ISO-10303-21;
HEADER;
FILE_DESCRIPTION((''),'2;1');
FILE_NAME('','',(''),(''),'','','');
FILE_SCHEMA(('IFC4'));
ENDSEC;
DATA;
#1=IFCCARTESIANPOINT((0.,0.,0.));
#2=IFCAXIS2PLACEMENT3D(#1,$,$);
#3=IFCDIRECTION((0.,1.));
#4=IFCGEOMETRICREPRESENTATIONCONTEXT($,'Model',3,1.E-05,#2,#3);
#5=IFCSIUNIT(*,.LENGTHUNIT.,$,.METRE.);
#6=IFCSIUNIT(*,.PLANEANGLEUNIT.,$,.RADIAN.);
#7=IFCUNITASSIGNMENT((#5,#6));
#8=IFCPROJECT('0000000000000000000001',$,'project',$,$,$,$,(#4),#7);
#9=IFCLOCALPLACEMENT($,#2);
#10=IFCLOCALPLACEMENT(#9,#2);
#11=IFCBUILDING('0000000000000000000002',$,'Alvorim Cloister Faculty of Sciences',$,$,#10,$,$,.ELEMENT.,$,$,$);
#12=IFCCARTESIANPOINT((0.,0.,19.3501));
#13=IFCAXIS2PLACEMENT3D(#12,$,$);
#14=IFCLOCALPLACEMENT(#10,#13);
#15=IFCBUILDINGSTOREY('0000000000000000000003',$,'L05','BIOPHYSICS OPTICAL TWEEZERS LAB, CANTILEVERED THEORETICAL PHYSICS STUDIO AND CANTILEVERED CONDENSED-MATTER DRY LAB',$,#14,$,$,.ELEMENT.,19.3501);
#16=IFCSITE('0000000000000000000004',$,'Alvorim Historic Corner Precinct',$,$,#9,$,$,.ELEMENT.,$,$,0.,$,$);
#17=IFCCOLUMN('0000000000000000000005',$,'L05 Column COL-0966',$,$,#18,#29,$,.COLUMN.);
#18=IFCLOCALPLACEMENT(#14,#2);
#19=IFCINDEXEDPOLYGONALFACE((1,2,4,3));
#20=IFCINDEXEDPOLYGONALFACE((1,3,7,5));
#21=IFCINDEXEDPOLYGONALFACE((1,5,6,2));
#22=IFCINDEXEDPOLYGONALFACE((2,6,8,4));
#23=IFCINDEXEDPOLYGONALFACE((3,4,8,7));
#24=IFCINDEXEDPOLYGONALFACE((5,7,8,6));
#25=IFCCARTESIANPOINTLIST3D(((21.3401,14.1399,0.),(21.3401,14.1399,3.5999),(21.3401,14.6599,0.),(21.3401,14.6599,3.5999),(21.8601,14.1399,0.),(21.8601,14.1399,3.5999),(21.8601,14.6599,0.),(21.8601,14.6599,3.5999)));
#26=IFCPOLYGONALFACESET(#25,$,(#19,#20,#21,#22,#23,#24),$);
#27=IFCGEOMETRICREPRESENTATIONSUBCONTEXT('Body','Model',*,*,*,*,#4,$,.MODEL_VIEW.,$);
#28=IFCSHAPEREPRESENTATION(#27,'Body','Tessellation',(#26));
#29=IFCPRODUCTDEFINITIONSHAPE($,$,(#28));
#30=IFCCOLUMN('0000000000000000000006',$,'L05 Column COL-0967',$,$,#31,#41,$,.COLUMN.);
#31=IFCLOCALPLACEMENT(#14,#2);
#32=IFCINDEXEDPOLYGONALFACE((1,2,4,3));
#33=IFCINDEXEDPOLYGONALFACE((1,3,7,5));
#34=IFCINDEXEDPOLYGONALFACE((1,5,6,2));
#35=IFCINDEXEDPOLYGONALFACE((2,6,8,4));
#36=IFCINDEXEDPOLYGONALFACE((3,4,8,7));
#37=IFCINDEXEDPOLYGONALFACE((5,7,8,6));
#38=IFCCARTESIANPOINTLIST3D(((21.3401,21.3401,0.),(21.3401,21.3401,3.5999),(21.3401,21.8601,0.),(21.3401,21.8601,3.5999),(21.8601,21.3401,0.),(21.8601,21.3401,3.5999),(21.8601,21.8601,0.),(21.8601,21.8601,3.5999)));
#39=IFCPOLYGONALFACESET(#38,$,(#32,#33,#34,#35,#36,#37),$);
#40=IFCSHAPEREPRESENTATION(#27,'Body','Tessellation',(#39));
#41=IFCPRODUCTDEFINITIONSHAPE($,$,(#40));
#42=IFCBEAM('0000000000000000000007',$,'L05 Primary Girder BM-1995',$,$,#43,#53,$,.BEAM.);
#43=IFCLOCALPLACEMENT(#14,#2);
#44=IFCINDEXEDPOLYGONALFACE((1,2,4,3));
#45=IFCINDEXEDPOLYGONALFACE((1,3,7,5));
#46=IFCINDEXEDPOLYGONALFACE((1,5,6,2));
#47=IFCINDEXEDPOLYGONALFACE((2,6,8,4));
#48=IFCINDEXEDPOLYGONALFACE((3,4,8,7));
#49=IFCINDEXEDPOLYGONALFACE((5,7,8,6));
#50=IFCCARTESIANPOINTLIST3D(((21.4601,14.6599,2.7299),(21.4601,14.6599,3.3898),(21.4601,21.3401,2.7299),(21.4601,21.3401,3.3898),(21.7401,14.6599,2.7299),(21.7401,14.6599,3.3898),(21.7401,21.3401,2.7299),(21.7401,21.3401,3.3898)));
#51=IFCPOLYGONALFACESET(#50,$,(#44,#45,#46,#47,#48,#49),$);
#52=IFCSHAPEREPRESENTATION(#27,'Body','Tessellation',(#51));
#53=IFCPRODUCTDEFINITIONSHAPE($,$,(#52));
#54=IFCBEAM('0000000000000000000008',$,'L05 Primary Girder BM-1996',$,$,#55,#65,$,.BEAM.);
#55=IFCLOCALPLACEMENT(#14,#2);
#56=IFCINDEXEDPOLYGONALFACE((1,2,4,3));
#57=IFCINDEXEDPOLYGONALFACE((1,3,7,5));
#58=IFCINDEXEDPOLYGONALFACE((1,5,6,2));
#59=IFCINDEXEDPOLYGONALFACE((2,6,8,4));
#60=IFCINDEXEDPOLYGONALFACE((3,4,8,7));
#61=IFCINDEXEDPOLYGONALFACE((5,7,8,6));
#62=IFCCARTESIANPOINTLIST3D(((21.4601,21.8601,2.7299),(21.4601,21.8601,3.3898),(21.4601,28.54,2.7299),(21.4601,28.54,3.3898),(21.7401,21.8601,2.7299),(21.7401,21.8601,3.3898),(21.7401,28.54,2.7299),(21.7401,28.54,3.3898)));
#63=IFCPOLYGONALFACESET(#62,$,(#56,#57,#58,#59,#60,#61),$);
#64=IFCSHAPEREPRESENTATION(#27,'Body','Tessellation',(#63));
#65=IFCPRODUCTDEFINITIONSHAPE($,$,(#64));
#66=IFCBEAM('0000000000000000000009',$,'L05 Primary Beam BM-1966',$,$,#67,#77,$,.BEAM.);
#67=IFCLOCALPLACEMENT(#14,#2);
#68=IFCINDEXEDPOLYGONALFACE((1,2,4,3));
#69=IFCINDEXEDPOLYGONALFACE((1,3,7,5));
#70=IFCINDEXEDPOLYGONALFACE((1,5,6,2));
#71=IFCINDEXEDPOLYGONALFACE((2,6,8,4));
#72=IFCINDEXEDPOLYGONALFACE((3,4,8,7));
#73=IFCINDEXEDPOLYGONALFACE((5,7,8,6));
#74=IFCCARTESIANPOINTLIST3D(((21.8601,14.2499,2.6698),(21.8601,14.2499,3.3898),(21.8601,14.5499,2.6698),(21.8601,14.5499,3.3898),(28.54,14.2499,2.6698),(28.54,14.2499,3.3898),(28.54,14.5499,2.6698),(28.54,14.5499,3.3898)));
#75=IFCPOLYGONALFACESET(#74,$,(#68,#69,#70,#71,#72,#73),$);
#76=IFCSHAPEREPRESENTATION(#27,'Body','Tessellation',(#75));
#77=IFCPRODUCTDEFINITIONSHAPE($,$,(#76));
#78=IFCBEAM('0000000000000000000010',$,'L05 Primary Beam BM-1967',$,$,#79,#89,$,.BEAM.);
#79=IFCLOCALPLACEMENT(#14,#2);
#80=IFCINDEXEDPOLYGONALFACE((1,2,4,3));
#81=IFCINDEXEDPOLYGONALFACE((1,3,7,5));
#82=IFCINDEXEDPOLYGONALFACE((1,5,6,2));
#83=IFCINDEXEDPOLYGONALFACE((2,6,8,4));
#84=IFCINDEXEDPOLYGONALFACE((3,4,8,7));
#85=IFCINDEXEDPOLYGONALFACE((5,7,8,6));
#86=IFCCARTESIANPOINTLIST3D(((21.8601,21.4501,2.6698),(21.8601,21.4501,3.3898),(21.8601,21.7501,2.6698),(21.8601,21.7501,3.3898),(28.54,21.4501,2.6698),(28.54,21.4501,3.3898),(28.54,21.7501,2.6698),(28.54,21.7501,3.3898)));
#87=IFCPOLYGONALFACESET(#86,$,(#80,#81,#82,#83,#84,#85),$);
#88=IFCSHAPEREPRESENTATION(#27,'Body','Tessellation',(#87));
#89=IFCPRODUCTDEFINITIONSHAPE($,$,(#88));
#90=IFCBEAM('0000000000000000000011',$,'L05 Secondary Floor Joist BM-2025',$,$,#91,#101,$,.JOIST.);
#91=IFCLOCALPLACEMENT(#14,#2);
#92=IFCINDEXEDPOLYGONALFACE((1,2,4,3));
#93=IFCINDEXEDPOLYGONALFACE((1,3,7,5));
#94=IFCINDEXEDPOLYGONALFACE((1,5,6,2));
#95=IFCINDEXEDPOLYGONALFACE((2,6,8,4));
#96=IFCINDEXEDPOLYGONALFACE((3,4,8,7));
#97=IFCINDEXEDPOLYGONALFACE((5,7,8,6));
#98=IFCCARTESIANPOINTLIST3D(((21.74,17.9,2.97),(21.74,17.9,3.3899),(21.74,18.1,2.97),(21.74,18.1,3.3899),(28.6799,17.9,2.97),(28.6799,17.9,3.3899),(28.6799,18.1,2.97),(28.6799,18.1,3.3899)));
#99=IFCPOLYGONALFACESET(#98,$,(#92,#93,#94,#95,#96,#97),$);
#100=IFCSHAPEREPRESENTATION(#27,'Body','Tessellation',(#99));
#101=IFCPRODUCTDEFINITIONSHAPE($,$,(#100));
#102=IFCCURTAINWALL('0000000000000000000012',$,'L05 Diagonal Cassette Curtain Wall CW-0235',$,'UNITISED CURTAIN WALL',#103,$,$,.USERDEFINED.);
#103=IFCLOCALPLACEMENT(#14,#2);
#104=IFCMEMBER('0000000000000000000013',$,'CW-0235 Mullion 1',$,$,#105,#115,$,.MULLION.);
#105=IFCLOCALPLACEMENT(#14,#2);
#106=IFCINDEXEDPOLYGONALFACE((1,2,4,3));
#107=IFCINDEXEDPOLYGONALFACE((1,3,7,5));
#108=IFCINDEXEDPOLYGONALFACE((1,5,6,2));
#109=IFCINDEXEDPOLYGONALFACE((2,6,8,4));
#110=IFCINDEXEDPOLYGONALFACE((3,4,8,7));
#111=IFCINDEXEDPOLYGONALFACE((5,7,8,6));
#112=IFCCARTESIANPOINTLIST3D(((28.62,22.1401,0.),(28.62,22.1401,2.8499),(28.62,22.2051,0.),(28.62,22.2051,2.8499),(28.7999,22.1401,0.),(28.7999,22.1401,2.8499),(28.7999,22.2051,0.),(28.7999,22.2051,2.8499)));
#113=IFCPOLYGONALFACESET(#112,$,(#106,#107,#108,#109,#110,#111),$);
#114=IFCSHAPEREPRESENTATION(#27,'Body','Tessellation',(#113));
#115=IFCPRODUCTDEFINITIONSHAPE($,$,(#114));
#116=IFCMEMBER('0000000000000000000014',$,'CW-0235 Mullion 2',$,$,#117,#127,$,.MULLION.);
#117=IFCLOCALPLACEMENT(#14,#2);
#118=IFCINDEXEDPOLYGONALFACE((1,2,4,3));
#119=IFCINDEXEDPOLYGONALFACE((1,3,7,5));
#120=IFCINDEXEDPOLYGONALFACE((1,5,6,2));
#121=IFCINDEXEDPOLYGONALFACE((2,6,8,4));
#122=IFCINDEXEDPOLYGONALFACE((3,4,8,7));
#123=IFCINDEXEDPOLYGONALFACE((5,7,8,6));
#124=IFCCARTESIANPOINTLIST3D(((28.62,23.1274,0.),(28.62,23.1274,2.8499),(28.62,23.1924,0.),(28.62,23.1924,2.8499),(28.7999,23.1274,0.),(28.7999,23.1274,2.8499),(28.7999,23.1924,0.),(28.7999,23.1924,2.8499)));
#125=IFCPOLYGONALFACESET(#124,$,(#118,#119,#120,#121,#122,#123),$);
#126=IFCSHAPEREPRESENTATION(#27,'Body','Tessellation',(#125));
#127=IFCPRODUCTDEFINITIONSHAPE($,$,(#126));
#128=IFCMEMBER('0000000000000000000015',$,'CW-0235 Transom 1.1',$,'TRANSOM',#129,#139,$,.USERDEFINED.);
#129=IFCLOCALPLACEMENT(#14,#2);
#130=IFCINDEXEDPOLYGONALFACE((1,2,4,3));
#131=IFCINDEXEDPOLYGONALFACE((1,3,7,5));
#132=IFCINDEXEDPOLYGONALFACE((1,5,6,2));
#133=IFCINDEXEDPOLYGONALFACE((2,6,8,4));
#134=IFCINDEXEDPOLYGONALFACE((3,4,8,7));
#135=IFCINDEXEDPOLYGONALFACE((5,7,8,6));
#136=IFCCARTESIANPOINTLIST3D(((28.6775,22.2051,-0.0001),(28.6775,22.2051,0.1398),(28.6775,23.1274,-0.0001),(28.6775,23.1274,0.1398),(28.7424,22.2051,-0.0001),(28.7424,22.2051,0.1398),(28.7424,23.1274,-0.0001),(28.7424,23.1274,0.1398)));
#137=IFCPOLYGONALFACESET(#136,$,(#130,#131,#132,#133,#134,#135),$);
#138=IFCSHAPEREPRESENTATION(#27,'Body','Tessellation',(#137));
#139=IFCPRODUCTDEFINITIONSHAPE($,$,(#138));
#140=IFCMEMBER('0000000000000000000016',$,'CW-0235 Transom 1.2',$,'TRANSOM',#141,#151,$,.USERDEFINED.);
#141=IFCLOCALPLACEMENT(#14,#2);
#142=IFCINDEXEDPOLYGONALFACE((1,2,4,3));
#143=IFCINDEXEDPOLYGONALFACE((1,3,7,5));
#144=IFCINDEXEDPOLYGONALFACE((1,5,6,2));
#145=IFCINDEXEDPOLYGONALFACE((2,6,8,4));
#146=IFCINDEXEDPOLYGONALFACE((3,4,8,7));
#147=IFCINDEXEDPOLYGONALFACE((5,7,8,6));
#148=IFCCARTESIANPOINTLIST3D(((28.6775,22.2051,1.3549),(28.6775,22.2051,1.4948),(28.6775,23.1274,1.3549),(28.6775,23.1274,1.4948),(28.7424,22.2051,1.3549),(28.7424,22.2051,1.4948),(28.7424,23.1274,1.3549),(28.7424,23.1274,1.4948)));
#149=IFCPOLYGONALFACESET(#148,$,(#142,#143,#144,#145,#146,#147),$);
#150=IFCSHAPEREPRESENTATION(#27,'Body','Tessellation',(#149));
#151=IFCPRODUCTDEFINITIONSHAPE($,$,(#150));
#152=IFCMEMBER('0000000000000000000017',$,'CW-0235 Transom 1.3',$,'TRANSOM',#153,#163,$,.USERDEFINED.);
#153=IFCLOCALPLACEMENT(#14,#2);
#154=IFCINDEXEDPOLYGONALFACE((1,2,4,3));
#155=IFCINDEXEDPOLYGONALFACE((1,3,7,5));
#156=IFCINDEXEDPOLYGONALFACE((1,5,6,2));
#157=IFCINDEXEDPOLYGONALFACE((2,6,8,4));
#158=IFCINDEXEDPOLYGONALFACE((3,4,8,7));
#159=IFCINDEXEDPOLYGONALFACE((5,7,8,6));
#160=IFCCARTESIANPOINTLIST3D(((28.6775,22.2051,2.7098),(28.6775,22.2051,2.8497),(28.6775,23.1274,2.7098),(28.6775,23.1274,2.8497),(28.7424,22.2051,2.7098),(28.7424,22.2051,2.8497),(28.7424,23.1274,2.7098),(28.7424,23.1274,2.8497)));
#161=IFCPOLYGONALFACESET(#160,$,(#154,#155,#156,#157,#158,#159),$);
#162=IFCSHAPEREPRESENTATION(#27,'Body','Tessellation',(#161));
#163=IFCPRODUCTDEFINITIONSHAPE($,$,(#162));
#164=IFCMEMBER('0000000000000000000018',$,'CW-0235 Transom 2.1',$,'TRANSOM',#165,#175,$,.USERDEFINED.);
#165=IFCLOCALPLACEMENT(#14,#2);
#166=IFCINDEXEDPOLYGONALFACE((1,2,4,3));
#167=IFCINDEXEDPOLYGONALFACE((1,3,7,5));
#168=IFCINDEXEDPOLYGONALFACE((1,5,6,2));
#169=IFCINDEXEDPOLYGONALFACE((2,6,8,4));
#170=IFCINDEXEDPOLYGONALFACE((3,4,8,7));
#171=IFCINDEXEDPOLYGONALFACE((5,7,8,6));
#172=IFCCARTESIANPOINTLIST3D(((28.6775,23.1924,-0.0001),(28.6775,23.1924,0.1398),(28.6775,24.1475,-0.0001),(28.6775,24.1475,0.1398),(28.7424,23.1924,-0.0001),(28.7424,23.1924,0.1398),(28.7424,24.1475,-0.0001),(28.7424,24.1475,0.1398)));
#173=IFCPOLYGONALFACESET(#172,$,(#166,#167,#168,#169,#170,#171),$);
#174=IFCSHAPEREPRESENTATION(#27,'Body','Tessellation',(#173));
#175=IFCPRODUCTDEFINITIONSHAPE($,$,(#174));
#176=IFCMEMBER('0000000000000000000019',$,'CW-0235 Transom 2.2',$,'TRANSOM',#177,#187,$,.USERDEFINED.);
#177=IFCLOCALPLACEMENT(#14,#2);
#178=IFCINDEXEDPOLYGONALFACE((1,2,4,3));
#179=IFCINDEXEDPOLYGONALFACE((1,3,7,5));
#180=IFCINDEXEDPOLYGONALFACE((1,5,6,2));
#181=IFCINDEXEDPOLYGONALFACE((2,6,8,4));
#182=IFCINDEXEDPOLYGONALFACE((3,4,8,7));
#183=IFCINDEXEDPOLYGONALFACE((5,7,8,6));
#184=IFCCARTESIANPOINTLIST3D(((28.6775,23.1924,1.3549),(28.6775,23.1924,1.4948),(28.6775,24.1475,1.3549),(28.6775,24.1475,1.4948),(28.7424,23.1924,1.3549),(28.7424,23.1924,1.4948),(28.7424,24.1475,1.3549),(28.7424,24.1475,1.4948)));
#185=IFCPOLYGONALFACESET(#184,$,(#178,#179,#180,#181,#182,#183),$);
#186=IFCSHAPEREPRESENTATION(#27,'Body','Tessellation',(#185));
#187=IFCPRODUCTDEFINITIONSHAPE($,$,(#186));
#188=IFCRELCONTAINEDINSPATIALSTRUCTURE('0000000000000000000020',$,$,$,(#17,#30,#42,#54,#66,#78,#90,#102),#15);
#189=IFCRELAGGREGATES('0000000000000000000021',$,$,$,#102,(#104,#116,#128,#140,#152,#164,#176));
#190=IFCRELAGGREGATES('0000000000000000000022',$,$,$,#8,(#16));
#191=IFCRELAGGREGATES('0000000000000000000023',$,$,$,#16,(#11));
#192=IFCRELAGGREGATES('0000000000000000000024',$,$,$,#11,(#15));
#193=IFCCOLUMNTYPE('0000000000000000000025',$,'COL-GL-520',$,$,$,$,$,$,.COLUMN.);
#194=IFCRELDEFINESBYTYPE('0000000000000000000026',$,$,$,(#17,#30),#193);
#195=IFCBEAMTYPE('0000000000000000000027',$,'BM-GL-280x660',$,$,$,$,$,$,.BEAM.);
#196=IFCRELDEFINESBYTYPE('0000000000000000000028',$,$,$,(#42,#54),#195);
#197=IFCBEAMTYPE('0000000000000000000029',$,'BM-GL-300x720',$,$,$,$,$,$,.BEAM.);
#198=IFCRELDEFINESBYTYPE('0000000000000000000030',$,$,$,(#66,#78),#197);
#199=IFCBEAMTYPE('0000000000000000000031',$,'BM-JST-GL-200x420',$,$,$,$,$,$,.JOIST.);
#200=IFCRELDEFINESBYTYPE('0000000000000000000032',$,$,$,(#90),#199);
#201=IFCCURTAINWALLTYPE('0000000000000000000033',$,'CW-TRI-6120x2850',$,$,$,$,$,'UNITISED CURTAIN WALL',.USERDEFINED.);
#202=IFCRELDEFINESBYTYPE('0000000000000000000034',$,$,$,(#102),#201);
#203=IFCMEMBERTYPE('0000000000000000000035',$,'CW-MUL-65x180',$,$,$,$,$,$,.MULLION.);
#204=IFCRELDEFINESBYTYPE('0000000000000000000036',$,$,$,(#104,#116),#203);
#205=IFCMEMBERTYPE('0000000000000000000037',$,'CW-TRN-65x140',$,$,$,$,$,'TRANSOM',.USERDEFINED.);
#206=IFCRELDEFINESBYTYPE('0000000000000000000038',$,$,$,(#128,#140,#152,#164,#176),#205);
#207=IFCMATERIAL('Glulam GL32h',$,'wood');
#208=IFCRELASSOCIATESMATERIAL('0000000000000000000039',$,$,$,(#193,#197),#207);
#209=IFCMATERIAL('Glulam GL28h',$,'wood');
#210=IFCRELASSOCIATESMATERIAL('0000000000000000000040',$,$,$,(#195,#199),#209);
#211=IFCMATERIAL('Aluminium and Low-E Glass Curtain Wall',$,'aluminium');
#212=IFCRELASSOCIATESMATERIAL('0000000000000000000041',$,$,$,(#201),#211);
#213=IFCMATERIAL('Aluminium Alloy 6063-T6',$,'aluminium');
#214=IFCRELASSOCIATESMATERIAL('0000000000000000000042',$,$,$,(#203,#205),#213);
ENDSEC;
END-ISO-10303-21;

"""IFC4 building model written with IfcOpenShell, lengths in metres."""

from ifc_helpers import new_model, si_unit, direction, frame, origin, origin_2d, place, context, subcontext, project, spatial, rectangle, extrude, material, material_profile, profile_set, type_object, element, aggregate, save


model = new_model("IFC4")

# Units and contexts
model_context = context("Model", 3, precision=1e-05, world=origin(), true_north=direction((0.0, 1.0)))
body_context = subcontext(model_context, "Body", "Model", "MODEL_VIEW")
ifc_project = project(units=[si_unit("LENGTHUNIT", "METRE"), si_unit("PLANEANGLEUNIT", "RADIAN")], contexts=[model_context])

# Site, building, storey
site_placement = place(None, origin())
site = spatial("IfcSite", under=ifc_project, at=site_placement, Name="Alvorim Historic Corner Precinct", CompositionType="ELEMENT", RefElevation=0.0)
building_placement = place(site_placement, origin())
building = spatial("IfcBuilding", under=site, at=building_placement, Name="Alvorim Cloister Faculty of Sciences", CompositionType="ELEMENT")
storey_placement = place(building_placement, frame((0.0, 0.0, 19.3501)))
storey = spatial("IfcBuildingStorey", under=building, at=storey_placement, Name="L05", Description="BIOPHYSICS OPTICAL TWEEZERS LAB, CANTILEVERED THEORETICAL PHYSICS STUDIO AND CANTILEVERED CONDENSED-MATTER DRY LAB", CompositionType="ELEMENT", Elevation=19.3501)

# Columns
ifc_material_1 = material(Name="Glulam GL32h", Category="wood")
ifc_material_profile_1 = material_profile(ifc_material_1, rectangle(XDim=0.52, YDim=0.52, at=origin_2d()), Name="GL32-COL-520x520")
ifc_profile_set_1 = profile_set([ifc_material_profile_1], Name="Glulam GL32h")
column_type = type_object("IfcColumnType", Name="COL-GL-520", PredefinedType="COLUMN", material=ifc_profile_set_1)
for number, where, z_axis, x_axis, name in (
    (1, (21.6001, 14.3999, 0.0), (0.0, 0.0, 1.0), (1.0, 0.0, 0.0), "L05 Column COL-0966"),
    (2, (21.6001, 21.6001, 0.0), (0.0, 0.0, 1.0), (1.0, 0.0, 0.0), "L05 Column COL-0967"),
):
    element("IfcColumn", number, at=place(storey_placement, frame(where, z_axis=z_axis, x_axis=x_axis)), inside=storey, type_object=column_type, Name=name, PredefinedType="COLUMN", context=body_context, shape_type="SweptSolid", body=[
        extrude(rectangle(XDim=0.52, YDim=0.52, at=origin_2d()), origin(), (0.0, 0.0, 1.0), 3.5999),
    ])

# Beams
ifc_material_2 = material(Name="Glulam GL28h", Category="wood")
ifc_material_profile_2 = material_profile(ifc_material_2, rectangle(XDim=0.28, YDim=0.6599, at=origin_2d()), Name="GL28-BM-280x660")
ifc_profile_set_2 = profile_set([ifc_material_profile_2], Name="Glulam GL28h")
beam_type_1 = type_object("IfcBeamType", Name="BM-GL-280x660", PredefinedType="BEAM", material=ifc_profile_set_2)
beam_1_placement = place(storey_placement, frame((21.6001, 14.6599, 3.0598), z_axis=(0.0, 1.0, 0.0), x_axis=(-1.0, 0.0, 0.0)))
element("IfcBeam", 3, at=beam_1_placement, inside=storey, type_object=beam_type_1, Name="L05 Primary Girder BM-1995", PredefinedType="BEAM", context=body_context, shape_type="SweptSolid", body=[
    extrude(rectangle(XDim=0.28, YDim=0.6599, at=origin_2d()), origin(), (0.0, 0.0, 1.0), 6.6802),
])
beam_2_placement = place(storey_placement, frame((21.6001, 21.8601, 3.0598), z_axis=(0.0, 1.0, 0.0), x_axis=(-1.0, 0.0, 0.0)))
element("IfcBeam", 4, at=beam_2_placement, inside=storey, type_object=beam_type_1, Name="L05 Primary Girder BM-1996", PredefinedType="BEAM", context=body_context, shape_type="SweptSolid", body=[
    extrude(rectangle(XDim=0.28, YDim=0.6599, at=origin_2d()), origin(), (0.0, 0.0, 1.0), 6.6799),
])
ifc_material_profile_3 = material_profile(ifc_material_1, rectangle(XDim=0.3, YDim=0.72, at=origin_2d()), Name="GL32-BM-300x720")
ifc_profile_set_3 = profile_set([ifc_material_profile_3], Name="Glulam GL32h")
beam_type_2 = type_object("IfcBeamType", Name="BM-GL-300x720", PredefinedType="BEAM", material=ifc_profile_set_3)
for number, where, z_axis, x_axis, name in (
    (5, (21.8601, 14.3999, 3.0298), (1.0, 0.0, 0.0), (0.0, 1.0, 0.0), "L05 Primary Beam BM-1966"),
    (6, (21.8601, 21.6001, 3.0298), (1.0, 0.0, 0.0), (0.0, 1.0, 0.0), "L05 Primary Beam BM-1967"),
):
    element("IfcBeam", number, at=place(storey_placement, frame(where, z_axis=z_axis, x_axis=x_axis)), inside=storey, type_object=beam_type_2, Name=name, PredefinedType="BEAM", context=body_context, shape_type="SweptSolid", body=[
        extrude(rectangle(XDim=0.3, YDim=0.72, at=origin_2d()), origin(), (0.0, 0.0, 1.0), 6.6799),
    ])
ifc_material_profile_4 = material_profile(ifc_material_2, rectangle(XDim=0.2, YDim=0.4199, at=origin_2d()), Name="GL28-JST-200x420")
ifc_profile_set_4 = profile_set([ifc_material_profile_4], Name="Glulam GL28h")
beam_type_3 = type_object("IfcBeamType", Name="BM-JST-GL-200x420", PredefinedType="JOIST", material=ifc_profile_set_4)
beam_3_placement = place(storey_placement, frame((21.74, 18.0, 3.1799), z_axis=(1.0, 0.0, 0.0), x_axis=(0.0, 1.0, 0.0)))
element("IfcBeam", 7, at=beam_3_placement, inside=storey, type_object=beam_type_3, Name="L05 Secondary Floor Joist BM-2025", PredefinedType="JOIST", context=body_context, shape_type="SweptSolid", body=[
    extrude(rectangle(XDim=0.2, YDim=0.4199, at=origin_2d()), origin(), (0.0, 0.0, 1.0), 6.9399),
])

# Curtain wall, members
ifc_material_3 = material(Name="Aluminium and Low-E Glass Curtain Wall", Category="aluminium")
curtain_wall_type = type_object("IfcCurtainWallType", Name="CW-TRI-6120x2850", ElementType="UNITISED CURTAIN WALL", PredefinedType="USERDEFINED", material=ifc_material_3)
curtain_wall_placement = place(storey_placement, origin())
curtain_wall = element("IfcCurtainWall", 8, at=curtain_wall_placement, inside=storey, type_object=curtain_wall_type, Name="L05 Diagonal Cassette Curtain Wall CW-0235", ObjectType="UNITISED CURTAIN WALL", PredefinedType="USERDEFINED")
ifc_material_4 = material(Name="Aluminium Alloy 6063-T6", Category="aluminium")
ifc_material_profile_5 = material_profile(ifc_material_4, rectangle(XDim=0.0649, YDim=0.1799, at=origin_2d()), Name="ALU-MUL-65x180")
ifc_profile_set_5 = profile_set([ifc_material_profile_5], Name="Aluminium Alloy 6063-T6")
member_type_1 = type_object("IfcMemberType", Name="CW-MUL-65x180", PredefinedType="MULLION", material=ifc_profile_set_5)
member_1_placement = place(storey_placement, frame((28.71, 22.1726, 0.0), z_axis=(0.0, 0.0, 1.0), x_axis=(0.0, 1.0, 0.0)))
member_1 = element("IfcMember", 9, at=member_1_placement, type_object=member_type_1, Name="CW-0235 Mullion 1", PredefinedType="MULLION", context=body_context, shape_type="SweptSolid", body=[
    extrude(rectangle(XDim=0.0649, YDim=0.1799, at=origin_2d()), origin(), (0.0, 0.0, 1.0), 2.8499),
])
member_2_placement = place(storey_placement, frame((28.71, 23.1599, 0.0), z_axis=(0.0, 0.0, 1.0), x_axis=(0.0, 1.0, 0.0)))
member_2 = element("IfcMember", 10, at=member_2_placement, type_object=member_type_1, Name="CW-0235 Mullion 2", PredefinedType="MULLION", context=body_context, shape_type="SweptSolid", body=[
    extrude(rectangle(XDim=0.0649, YDim=0.1799, at=origin_2d()), origin(), (0.0, 0.0, 1.0), 2.8499),
])
ifc_material_profile_6 = material_profile(ifc_material_4, rectangle(XDim=0.0649, YDim=0.1399, at=origin_2d()), Name="ALU-TRN-65x140")
ifc_profile_set_6 = profile_set([ifc_material_profile_6], Name="Aluminium Alloy 6063-T6")
member_type_2 = type_object("IfcMemberType", Name="CW-TRN-65x140", ElementType="TRANSOM", PredefinedType="USERDEFINED", material=ifc_profile_set_6)
member_3_placement = place(storey_placement, frame((28.71, 22.2051, 0.0698), z_axis=(0.0, 1.0, 0.0), x_axis=(-1.0, 0.0, 0.0)))
member_3 = element("IfcMember", 11, at=member_3_placement, type_object=member_type_2, Name="CW-0235 Transom 1.1", ObjectType="TRANSOM", PredefinedType="USERDEFINED", context=body_context, shape_type="SweptSolid", body=[
    extrude(rectangle(XDim=0.0649, YDim=0.1399, at=origin_2d()), origin(), (0.0, 0.0, 1.0), 0.9224),
])
member_4_placement = place(storey_placement, frame((28.71, 22.2051, 1.4248), z_axis=(0.0, 1.0, 0.0), x_axis=(-1.0, 0.0, 0.0)))
member_4 = element("IfcMember", 12, at=member_4_placement, type_object=member_type_2, Name="CW-0235 Transom 1.2", ObjectType="TRANSOM", PredefinedType="USERDEFINED", context=body_context, shape_type="SweptSolid", body=[
    extrude(rectangle(XDim=0.0649, YDim=0.1399, at=origin_2d()), origin(), (0.0, 0.0, 1.0), 0.9224),
])
member_5_placement = place(storey_placement, frame((28.71, 22.2051, 2.7798), z_axis=(0.0, 1.0, 0.0), x_axis=(-1.0, 0.0, 0.0)))
member_5 = element("IfcMember", 13, at=member_5_placement, type_object=member_type_2, Name="CW-0235 Transom 1.3", ObjectType="TRANSOM", PredefinedType="USERDEFINED", context=body_context, shape_type="SweptSolid", body=[
    extrude(rectangle(XDim=0.0649, YDim=0.1399, at=origin_2d()), origin(), (0.0, 0.0, 1.0), 0.9224),
])
member_6_placement = place(storey_placement, frame((28.71, 23.1924, 0.0698), z_axis=(0.0, 1.0, 0.0), x_axis=(-1.0, 0.0, 0.0)))
member_6 = element("IfcMember", 14, at=member_6_placement, type_object=member_type_2, Name="CW-0235 Transom 2.1", ObjectType="TRANSOM", PredefinedType="USERDEFINED", context=body_context, shape_type="SweptSolid", body=[
    extrude(rectangle(XDim=0.0649, YDim=0.1399, at=origin_2d()), origin(), (0.0, 0.0, 1.0), 0.9551),
])
member_7_placement = place(storey_placement, frame((28.71, 23.1924, 1.4248), z_axis=(0.0, 1.0, 0.0), x_axis=(-1.0, 0.0, 0.0)))
member_7 = element("IfcMember", 15, at=member_7_placement, type_object=member_type_2, Name="CW-0235 Transom 2.2", ObjectType="TRANSOM", PredefinedType="USERDEFINED", context=body_context, shape_type="SweptSolid", body=[
    extrude(rectangle(XDim=0.0649, YDim=0.1399, at=origin_2d()), origin(), (0.0, 0.0, 1.0), 0.9551),
])
aggregate(curtain_wall, [member_1, member_2, member_3, member_4, member_5, member_6, member_7])

save(model, "model.ifc")
